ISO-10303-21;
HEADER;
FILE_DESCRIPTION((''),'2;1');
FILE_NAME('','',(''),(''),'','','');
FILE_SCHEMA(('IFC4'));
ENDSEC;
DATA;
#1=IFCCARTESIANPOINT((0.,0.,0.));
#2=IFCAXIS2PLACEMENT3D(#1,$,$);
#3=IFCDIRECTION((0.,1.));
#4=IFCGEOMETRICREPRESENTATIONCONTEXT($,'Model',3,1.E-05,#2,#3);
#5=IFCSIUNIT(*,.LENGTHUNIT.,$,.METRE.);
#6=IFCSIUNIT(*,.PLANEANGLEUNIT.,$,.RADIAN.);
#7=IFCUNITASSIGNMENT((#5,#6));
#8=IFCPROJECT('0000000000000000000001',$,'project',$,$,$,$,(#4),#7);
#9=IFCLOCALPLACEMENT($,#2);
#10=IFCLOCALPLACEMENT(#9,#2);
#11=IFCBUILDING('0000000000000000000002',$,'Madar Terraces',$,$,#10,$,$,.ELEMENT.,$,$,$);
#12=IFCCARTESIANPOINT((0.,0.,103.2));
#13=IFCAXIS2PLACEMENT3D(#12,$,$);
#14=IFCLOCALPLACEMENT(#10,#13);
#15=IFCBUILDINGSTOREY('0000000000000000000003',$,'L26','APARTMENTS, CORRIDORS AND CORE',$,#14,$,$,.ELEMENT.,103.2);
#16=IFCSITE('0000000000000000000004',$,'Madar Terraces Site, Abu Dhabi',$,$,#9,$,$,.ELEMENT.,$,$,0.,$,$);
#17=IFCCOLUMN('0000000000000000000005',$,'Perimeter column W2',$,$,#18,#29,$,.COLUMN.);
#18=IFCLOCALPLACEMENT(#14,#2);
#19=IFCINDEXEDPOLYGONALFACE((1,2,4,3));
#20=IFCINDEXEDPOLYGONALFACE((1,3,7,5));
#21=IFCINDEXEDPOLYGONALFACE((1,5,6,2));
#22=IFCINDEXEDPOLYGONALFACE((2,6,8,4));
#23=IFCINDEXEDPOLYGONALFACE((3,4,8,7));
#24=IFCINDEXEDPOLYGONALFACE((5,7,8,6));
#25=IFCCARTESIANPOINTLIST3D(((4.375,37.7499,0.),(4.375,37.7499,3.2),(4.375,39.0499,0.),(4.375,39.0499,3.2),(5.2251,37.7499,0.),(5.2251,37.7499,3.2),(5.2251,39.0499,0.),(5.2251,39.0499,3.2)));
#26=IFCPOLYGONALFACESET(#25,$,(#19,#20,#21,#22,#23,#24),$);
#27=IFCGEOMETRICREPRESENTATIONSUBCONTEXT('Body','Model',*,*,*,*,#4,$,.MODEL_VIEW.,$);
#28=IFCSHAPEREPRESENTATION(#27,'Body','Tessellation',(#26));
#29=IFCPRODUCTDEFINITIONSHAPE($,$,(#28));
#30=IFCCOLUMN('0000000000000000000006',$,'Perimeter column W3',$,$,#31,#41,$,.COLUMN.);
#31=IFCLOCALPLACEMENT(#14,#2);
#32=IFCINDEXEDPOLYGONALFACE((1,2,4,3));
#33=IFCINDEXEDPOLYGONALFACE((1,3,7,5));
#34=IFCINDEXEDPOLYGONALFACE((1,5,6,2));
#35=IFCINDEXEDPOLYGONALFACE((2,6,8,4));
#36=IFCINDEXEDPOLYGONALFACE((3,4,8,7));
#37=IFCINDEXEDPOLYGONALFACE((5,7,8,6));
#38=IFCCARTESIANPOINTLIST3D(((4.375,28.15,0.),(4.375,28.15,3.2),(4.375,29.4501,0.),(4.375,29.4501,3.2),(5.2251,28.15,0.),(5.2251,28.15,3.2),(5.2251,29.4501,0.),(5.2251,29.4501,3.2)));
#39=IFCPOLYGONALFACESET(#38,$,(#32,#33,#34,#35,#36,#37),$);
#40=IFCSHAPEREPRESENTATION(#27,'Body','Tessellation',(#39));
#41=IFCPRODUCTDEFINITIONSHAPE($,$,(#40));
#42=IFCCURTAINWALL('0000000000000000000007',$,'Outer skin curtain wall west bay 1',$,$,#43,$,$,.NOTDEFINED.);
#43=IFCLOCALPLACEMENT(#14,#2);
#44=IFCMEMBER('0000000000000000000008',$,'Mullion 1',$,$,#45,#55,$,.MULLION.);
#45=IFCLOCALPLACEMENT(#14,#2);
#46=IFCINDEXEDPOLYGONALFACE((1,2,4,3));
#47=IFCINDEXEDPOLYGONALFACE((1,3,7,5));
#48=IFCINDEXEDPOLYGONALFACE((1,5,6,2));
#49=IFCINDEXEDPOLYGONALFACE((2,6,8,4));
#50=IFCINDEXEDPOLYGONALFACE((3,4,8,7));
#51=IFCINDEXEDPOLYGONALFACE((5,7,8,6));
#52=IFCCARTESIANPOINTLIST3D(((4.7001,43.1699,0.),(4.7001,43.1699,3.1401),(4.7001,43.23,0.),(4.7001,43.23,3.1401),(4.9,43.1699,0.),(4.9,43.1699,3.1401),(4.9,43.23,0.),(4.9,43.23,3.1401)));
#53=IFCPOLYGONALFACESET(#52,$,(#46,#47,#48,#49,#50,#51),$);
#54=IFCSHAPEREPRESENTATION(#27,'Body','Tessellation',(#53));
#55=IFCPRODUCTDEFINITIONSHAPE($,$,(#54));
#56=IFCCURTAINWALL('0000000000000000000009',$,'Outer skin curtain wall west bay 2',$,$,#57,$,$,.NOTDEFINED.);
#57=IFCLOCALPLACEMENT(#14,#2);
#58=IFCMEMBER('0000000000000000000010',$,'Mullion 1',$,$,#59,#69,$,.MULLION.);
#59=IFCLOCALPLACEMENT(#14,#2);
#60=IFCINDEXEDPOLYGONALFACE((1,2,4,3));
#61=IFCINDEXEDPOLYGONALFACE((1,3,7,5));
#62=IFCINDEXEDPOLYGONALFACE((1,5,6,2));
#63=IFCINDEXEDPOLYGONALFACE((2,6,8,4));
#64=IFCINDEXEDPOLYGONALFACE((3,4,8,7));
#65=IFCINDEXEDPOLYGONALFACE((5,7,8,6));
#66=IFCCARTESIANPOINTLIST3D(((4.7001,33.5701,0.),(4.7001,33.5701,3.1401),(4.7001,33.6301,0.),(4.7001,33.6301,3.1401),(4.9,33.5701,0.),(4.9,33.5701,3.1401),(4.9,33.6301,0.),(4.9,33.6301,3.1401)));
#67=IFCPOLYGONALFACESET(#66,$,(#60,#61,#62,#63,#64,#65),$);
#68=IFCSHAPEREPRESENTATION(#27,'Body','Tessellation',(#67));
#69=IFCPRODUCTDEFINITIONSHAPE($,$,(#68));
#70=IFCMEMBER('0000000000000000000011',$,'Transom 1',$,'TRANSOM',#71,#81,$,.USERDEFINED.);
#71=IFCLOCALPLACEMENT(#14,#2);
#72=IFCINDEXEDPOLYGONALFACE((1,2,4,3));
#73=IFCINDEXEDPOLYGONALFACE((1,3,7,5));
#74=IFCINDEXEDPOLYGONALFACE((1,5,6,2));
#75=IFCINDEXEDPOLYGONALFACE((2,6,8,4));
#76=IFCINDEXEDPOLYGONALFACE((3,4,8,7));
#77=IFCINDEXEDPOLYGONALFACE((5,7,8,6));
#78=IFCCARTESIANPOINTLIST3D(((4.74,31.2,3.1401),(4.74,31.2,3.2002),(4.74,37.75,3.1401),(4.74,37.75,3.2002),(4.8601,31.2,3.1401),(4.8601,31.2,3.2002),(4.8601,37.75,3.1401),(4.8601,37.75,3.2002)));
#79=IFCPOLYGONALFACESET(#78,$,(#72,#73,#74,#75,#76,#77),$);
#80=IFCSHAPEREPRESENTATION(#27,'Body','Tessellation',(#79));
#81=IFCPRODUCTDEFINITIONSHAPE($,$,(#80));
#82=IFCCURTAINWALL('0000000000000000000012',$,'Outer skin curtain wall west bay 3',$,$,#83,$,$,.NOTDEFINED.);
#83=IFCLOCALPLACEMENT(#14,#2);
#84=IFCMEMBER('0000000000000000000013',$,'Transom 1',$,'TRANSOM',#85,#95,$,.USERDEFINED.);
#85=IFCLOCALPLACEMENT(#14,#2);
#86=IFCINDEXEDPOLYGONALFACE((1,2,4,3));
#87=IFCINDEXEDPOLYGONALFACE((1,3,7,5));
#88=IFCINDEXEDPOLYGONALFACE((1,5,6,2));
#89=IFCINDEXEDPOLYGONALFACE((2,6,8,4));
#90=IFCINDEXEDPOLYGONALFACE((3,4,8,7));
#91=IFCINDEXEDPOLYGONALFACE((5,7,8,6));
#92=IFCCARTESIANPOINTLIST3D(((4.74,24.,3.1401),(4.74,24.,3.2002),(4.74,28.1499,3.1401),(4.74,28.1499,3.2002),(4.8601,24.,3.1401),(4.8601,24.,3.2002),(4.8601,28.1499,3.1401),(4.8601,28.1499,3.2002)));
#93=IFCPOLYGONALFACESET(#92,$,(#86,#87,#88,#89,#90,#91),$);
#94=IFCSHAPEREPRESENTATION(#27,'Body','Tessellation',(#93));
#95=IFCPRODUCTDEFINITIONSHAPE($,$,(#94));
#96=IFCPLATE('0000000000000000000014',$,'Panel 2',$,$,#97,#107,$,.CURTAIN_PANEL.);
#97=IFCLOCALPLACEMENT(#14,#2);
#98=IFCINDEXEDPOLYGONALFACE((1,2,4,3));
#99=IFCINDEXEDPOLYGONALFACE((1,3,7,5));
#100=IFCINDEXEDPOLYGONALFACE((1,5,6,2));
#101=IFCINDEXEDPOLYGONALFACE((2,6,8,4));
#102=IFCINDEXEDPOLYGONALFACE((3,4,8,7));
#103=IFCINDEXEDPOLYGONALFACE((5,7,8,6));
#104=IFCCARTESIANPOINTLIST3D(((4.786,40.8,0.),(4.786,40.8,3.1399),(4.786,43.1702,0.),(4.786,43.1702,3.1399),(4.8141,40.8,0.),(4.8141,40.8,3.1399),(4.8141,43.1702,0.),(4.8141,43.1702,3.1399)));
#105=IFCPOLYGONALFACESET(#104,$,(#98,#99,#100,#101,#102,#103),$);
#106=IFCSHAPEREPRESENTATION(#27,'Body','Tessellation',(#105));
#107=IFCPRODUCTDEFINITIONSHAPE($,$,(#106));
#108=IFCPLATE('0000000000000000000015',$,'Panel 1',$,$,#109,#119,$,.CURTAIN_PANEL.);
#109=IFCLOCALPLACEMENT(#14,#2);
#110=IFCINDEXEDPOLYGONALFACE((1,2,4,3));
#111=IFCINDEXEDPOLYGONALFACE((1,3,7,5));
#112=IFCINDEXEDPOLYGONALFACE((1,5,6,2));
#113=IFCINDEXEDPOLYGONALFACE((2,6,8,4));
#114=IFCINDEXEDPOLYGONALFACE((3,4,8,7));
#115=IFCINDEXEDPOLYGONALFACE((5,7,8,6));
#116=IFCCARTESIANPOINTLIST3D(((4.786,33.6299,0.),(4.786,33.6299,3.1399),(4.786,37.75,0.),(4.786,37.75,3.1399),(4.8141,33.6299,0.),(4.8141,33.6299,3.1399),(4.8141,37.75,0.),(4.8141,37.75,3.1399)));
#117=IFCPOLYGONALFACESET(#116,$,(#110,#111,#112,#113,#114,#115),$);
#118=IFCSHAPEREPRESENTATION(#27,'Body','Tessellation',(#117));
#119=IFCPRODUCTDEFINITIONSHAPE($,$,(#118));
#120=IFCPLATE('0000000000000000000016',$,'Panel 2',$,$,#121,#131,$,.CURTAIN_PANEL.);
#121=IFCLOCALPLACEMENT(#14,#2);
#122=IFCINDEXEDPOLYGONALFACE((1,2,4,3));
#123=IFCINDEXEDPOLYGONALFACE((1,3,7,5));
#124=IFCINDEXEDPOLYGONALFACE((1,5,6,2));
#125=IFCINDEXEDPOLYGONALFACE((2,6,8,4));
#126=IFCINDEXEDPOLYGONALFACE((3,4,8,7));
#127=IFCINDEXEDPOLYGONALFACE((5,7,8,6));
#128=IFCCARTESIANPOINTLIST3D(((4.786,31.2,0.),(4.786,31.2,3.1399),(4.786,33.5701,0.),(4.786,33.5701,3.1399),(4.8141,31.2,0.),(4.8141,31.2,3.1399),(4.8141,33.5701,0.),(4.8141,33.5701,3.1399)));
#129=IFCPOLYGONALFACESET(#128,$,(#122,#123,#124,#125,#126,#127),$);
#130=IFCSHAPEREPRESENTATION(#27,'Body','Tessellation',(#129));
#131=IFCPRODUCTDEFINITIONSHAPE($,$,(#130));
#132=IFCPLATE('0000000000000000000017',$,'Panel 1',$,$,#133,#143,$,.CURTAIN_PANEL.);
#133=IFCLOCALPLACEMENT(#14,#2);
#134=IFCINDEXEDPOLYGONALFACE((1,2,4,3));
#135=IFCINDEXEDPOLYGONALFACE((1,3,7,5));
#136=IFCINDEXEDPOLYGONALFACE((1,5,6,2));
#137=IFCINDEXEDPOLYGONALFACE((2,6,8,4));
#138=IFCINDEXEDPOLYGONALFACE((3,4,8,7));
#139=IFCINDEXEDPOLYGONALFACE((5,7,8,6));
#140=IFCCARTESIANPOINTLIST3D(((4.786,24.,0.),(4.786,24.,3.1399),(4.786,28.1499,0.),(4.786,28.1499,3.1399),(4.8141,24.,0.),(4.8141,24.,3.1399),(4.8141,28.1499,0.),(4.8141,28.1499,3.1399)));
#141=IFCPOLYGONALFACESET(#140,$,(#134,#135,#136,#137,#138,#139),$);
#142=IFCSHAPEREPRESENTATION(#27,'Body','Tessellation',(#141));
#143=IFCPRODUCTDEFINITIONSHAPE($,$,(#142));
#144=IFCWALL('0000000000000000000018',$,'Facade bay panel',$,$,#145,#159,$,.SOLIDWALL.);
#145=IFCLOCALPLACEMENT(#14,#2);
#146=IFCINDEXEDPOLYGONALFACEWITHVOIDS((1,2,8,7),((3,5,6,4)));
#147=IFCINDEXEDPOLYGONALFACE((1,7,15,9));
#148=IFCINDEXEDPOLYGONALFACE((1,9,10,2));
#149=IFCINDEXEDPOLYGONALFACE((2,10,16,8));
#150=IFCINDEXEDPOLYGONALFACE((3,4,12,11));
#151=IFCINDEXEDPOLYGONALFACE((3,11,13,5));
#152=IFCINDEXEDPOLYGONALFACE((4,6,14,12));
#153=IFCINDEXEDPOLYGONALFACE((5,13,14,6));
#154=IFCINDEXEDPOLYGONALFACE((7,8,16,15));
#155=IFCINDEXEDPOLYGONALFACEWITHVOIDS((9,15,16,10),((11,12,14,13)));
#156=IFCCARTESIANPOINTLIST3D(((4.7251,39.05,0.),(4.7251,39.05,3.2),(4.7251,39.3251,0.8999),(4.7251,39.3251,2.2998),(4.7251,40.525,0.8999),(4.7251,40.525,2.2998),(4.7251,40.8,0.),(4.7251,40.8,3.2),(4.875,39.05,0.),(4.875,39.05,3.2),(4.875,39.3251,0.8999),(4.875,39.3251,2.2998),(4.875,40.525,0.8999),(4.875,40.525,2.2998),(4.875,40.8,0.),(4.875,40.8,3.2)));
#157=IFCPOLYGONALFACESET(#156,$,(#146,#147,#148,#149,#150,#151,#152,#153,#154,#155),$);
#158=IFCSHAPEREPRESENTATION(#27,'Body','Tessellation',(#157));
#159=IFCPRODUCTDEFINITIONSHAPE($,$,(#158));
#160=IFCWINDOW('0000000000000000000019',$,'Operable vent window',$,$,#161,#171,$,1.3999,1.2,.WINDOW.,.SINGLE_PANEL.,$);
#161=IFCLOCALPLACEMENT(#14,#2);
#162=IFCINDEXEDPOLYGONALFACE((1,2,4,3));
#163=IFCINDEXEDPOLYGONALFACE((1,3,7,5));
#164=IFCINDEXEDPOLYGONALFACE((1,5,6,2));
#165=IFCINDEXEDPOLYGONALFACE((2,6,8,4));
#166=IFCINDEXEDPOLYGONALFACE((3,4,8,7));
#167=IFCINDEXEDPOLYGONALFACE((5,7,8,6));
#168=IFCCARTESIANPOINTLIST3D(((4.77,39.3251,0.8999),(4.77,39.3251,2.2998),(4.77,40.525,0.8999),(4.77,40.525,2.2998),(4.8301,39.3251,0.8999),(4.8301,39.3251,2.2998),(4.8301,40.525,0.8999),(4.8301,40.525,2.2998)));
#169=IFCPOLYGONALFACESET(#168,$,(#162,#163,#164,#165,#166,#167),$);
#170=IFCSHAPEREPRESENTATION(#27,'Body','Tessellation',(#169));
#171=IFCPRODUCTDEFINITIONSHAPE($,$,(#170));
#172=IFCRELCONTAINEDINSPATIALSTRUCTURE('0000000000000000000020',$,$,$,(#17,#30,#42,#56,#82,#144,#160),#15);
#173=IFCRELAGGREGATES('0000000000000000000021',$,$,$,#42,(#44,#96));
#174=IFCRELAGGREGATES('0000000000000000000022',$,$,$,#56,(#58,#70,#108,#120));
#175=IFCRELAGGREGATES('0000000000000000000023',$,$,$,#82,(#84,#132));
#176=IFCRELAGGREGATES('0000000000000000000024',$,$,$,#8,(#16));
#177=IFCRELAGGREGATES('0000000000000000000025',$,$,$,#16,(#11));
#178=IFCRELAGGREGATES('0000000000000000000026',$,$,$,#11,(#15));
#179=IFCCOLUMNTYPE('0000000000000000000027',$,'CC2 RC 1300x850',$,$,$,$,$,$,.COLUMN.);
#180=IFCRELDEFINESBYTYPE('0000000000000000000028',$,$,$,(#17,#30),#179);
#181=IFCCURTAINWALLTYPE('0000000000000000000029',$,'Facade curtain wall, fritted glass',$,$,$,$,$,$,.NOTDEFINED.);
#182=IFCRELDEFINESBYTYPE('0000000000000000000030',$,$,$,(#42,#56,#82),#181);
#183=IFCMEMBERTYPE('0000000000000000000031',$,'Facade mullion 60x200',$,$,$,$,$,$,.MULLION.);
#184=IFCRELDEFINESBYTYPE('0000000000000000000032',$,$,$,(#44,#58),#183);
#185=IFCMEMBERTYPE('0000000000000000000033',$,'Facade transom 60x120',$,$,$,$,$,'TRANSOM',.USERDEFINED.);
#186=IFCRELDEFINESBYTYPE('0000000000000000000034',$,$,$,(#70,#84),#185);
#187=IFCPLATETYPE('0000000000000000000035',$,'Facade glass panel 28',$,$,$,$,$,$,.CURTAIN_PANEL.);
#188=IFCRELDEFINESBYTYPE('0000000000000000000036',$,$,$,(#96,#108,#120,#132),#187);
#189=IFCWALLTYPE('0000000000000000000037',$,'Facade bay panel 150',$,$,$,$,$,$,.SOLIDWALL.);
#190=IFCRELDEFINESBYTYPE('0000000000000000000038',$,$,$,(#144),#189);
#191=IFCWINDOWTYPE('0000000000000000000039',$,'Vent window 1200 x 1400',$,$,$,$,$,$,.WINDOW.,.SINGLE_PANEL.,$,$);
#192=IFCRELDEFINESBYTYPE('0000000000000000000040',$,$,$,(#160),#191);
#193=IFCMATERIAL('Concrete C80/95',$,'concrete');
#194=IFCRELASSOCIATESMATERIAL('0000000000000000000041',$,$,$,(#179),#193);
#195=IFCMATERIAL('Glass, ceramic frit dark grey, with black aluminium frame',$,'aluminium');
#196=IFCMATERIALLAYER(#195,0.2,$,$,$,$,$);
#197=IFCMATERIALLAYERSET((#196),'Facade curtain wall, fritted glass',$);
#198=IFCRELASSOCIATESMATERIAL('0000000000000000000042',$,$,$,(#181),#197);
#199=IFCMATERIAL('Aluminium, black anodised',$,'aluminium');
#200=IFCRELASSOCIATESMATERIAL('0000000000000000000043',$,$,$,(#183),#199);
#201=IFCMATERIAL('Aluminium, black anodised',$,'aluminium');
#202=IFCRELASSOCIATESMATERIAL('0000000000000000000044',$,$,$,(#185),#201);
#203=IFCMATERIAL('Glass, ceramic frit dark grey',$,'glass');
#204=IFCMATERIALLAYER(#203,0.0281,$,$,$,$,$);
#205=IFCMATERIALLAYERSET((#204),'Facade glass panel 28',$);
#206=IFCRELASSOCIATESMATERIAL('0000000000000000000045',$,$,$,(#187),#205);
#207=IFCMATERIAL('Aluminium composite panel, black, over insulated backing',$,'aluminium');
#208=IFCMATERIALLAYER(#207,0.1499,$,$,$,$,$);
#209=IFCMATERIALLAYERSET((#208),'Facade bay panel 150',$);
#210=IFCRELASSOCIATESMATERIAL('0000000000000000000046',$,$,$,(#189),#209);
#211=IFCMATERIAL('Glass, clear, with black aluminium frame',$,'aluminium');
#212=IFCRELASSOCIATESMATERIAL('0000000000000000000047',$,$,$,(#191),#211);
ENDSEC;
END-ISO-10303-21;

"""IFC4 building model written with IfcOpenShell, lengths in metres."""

from ifc_helpers import new_model, si_unit, direction, frame, frame_2d, origin, origin_2d, place, context, subcontext, project, spatial, rectangle, extrude, material, layer, layer_set, material_profile, profile_set, type_object, element, fill, aggregate, save


model = new_model("IFC4")

# Units and contexts
model_context = context("Model", 3, precision=1e-05, world=origin(), true_north=direction((0.0, 1.0)))
body_context = subcontext(model_context, "Body", "Model", "MODEL_VIEW")
ifc_project = project(units=[si_unit("LENGTHUNIT", "METRE"), si_unit("PLANEANGLEUNIT", "RADIAN")], contexts=[model_context])

# Site, building, storey
site_placement = place(None, origin())
site = spatial("IfcSite", under=ifc_project, at=site_placement, Name="Madar Terraces Site, Abu Dhabi", CompositionType="ELEMENT", RefElevation=0.0)
building_placement = place(site_placement, origin())
building = spatial("IfcBuilding", under=site, at=building_placement, Name="Madar Terraces", CompositionType="ELEMENT")
storey_placement = place(building_placement, frame((0.0, 0.0, 103.2)))
storey = spatial("IfcBuildingStorey", under=building, at=storey_placement, Name="L26", Description="APARTMENTS, CORRIDORS AND CORE", CompositionType="ELEMENT", Elevation=103.2)

# Columns
ifc_material_1 = material(Name="Concrete C80/95", Category="concrete")
ifc_material_profile_1 = material_profile(ifc_material_1, rectangle(XDim=1.3, YDim=0.8501, at=origin_2d()), Name="CC2 RC 1300x850")
ifc_profile_set_1 = profile_set([ifc_material_profile_1], Name="Concrete C80/95")
column_type = type_object("IfcColumnType", Name="CC2 RC 1300x850", PredefinedType="COLUMN", material=ifc_profile_set_1)
for number, where, z_axis, x_axis, name in (
    (1, (4.8, 38.3999, 0.0), (0.0, 0.0, 1.0), (0.0, 1.0, 0.0), "Perimeter column W2"),
    (2, (4.8, 28.8, 0.0), (0.0, 0.0, 1.0), (0.0, 1.0, 0.0), "Perimeter column W3"),
):
    element("IfcColumn", number, at=place(storey_placement, frame(where, z_axis=z_axis, x_axis=x_axis)), inside=storey, type_object=column_type, Name=name, PredefinedType="COLUMN", context=body_context, shape_type="SweptSolid", body=[
        extrude(rectangle(XDim=1.3, YDim=0.8501, at=origin_2d()), origin(), (0.0, 0.0, 1.0), 3.2),
    ])

# Curtain wall, member
ifc_material_2 = material(Name="Glass, ceramic frit dark grey, with black aluminium frame", Category="aluminium")
ifc_layer_1 = layer(ifc_material_2, 0.2)
ifc_layer_set_1 = layer_set([ifc_layer_1], Name="Facade curtain wall, fritted glass")
curtain_wall_type = type_object("IfcCurtainWallType", Name="Facade curtain wall, fritted glass", PredefinedType="NOTDEFINED", material=ifc_layer_set_1)
curtain_wall_1_placement = place(storey_placement, origin())
curtain_wall_1 = element("IfcCurtainWall", 3, at=curtain_wall_1_placement, inside=storey, type_object=curtain_wall_type, Name="Outer skin curtain wall west bay 1", PredefinedType="NOTDEFINED")
ifc_material_3 = material(Name="Aluminium, black anodised", Category="aluminium")
ifc_material_profile_2 = material_profile(ifc_material_3, rectangle(XDim=0.2, YDim=0.0601, at=origin_2d()), Name="Facade mullion 60x200")
ifc_profile_set_2 = profile_set([ifc_material_profile_2], Name="Aluminium, black anodised")
member_type_1 = type_object("IfcMemberType", Name="Facade mullion 60x200", PredefinedType="MULLION", material=ifc_profile_set_2)
member_1_placement = place(storey_placement, frame((4.8, 43.2, 0.0), z_axis=(0.0, 0.0, 1.0), x_axis=(1.0, 0.0, 0.0)))
member_1 = element("IfcMember", 4, at=member_1_placement, type_object=member_type_1, Name="Mullion 1", PredefinedType="MULLION", context=body_context, shape_type="SweptSolid", body=[
    extrude(rectangle(XDim=0.2, YDim=0.0601, at=origin_2d()), origin(), (0.0, 0.0, 1.0), 3.1401),
])

# Curtain wall, members
curtain_wall_2_placement = place(storey_placement, origin())
curtain_wall_2 = element("IfcCurtainWall", 5, at=curtain_wall_2_placement, inside=storey, type_object=curtain_wall_type, Name="Outer skin curtain wall west bay 2", PredefinedType="NOTDEFINED")
member_2_placement = place(storey_placement, frame((4.8, 33.6001, 0.0), z_axis=(0.0, 0.0, 1.0), x_axis=(1.0, 0.0, 0.0)))
member_2 = element("IfcMember", 6, at=member_2_placement, type_object=member_type_1, Name="Mullion 1", PredefinedType="MULLION", context=body_context, shape_type="SweptSolid", body=[
    extrude(rectangle(XDim=0.2, YDim=0.0601, at=origin_2d()), origin(), (0.0, 0.0, 1.0), 3.1401),
])
ifc_material_4 = material(Name="Aluminium, black anodised", Category="aluminium")
ifc_material_profile_3 = material_profile(ifc_material_4, rectangle(XDim=0.1201, YDim=0.0601, at=origin_2d()), Name="Facade transom 60x120")
ifc_profile_set_3 = profile_set([ifc_material_profile_3], Name="Aluminium, black anodised")
member_type_2 = type_object("IfcMemberType", Name="Facade transom 60x120", ElementType="TRANSOM", PredefinedType="USERDEFINED", material=ifc_profile_set_3)
member_3_placement = place(storey_placement, frame((4.8, 37.75, 3.1702), z_axis=(0.0, -1.0, 0.0), x_axis=(1.0, 0.0, 0.0)))
member_3 = element("IfcMember", 7, at=member_3_placement, type_object=member_type_2, Name="Transom 1", ObjectType="TRANSOM", PredefinedType="USERDEFINED", context=body_context, shape_type="SweptSolid", body=[
    extrude(rectangle(XDim=0.1201, YDim=0.0601, at=origin_2d()), origin(), (0.0, 0.0, 1.0), 6.55),
])

# Curtain wall, member
curtain_wall_3_placement = place(storey_placement, origin())
curtain_wall_3 = element("IfcCurtainWall", 8, at=curtain_wall_3_placement, inside=storey, type_object=curtain_wall_type, Name="Outer skin curtain wall west bay 3", PredefinedType="NOTDEFINED")
member_4_placement = place(storey_placement, frame((4.8, 28.1499, 3.1702), z_axis=(0.0, -1.0, 0.0), x_axis=(1.0, 0.0, 0.0)))
member_4 = element("IfcMember", 9, at=member_4_placement, type_object=member_type_2, Name="Transom 1", ObjectType="TRANSOM", PredefinedType="USERDEFINED", context=body_context, shape_type="SweptSolid", body=[
    extrude(rectangle(XDim=0.1201, YDim=0.0601, at=origin_2d()), origin(), (0.0, 0.0, 1.0), 4.1499),
])

# Plates
ifc_material_5 = material(Name="Glass, ceramic frit dark grey", Category="glass")
ifc_layer_2 = layer(ifc_material_5, 0.0281)
ifc_layer_set_2 = layer_set([ifc_layer_2], Name="Facade glass panel 28")
plate_type = type_object("IfcPlateType", Name="Facade glass panel 28", PredefinedType="CURTAIN_PANEL", material=ifc_layer_set_2)
plate_1_placement = place(storey_placement, frame((4.8, 41.9851, 0.0), z_axis=(0.0, 0.0, 1.0), x_axis=(0.0, -1.0, 0.0)))
plate_1 = element("IfcPlate", 10, at=plate_1_placement, type_object=plate_type, Name="Panel 2", PredefinedType="CURTAIN_PANEL", context=body_context, shape_type="SweptSolid", body=[
    extrude(rectangle(XDim=2.3701, YDim=0.0281, at=origin_2d()), origin(), (0.0, 0.0, 1.0), 3.1399),
])
aggregate(curtain_wall_1, [member_1, plate_1])
plate_2_placement = place(storey_placement, frame((4.8, 35.6899, 0.0), z_axis=(0.0, 0.0, 1.0), x_axis=(0.0, -1.0, 0.0)))
plate_2 = element("IfcPlate", 11, at=plate_2_placement, type_object=plate_type, Name="Panel 1", PredefinedType="CURTAIN_PANEL", context=body_context, shape_type="SweptSolid", body=[
    extrude(rectangle(XDim=4.1201, YDim=0.0281, at=origin_2d()), origin(), (0.0, 0.0, 1.0), 3.1399),
])
plate_3_placement = place(storey_placement, frame((4.8, 32.385, 0.0), z_axis=(0.0, 0.0, 1.0), x_axis=(0.0, -1.0, 0.0)))
plate_3 = element("IfcPlate", 12, at=plate_3_placement, type_object=plate_type, Name="Panel 2", PredefinedType="CURTAIN_PANEL", context=body_context, shape_type="SweptSolid", body=[
    extrude(rectangle(XDim=2.3701, YDim=0.0281, at=origin_2d()), origin(), (0.0, 0.0, 1.0), 3.1399),
])
aggregate(curtain_wall_2, [member_2, member_3, plate_2, plate_3])
plate_4_placement = place(storey_placement, frame((4.8, 26.075, 0.0), z_axis=(0.0, 0.0, 1.0), x_axis=(0.0, -1.0, 0.0)))
plate_4 = element("IfcPlate", 13, at=plate_4_placement, type_object=plate_type, Name="Panel 1", PredefinedType="CURTAIN_PANEL", context=body_context, shape_type="SweptSolid", body=[
    extrude(rectangle(XDim=4.1499, YDim=0.0281, at=origin_2d()), origin(), (0.0, 0.0, 1.0), 3.1399),
])
aggregate(curtain_wall_3, [member_4, plate_4])

# Wall, opening, window
ifc_material_6 = material(Name="Aluminium composite panel, black, over insulated backing", Category="aluminium")
ifc_layer_3 = layer(ifc_material_6, 0.1499)
ifc_layer_set_3 = layer_set([ifc_layer_3], Name="Facade bay panel 150")
wall_type_1 = type_object("IfcWallType", Name="Facade bay panel 150", PredefinedType="SOLIDWALL", material=ifc_layer_set_3)
wall_1_placement = place(storey_placement, frame((4.8, 40.8, 0.0), z_axis=(0.0, 0.0, 1.0), x_axis=(0.0, -1.0, 0.0)))
wall_1 = element("IfcWall", 14, at=wall_1_placement, inside=storey, type_object=wall_type_1, Name="Facade bay panel", PredefinedType="SOLIDWALL", context=body_context, shape_type="SweptSolid", body=[
    extrude(rectangle(XDim=1.75, YDim=0.1499, at=frame_2d((0.875, 0.0))), origin(), (0.0, 0.0, 1.0), 3.2),
])
opening_1_placement = place(wall_1_placement, frame((0.2749, 0.0, 0.8999)))
opening_1 = element("IfcOpeningElement", 15, at=opening_1_placement, cuts=wall_1, PredefinedType="OPENING", context=body_context, shape_type="SweptSolid", body=[
    extrude(rectangle(XDim=1.2, YDim=1.3999, at=frame_2d((0.6001, 0.7))), frame((0.0, 0.085, 0.0), z_axis=(0.0, -1.0, 0.0), x_axis=(1.0, 0.0, 0.0)), (0.0, 0.0, 1.0), 0.1699),
])
ifc_material_7 = material(Name="Glass, clear, with black aluminium frame", Category="aluminium")
window_type = type_object("IfcWindowType", Name="Vent window 1200 x 1400", PartitioningType="SINGLE_PANEL", PredefinedType="WINDOW", material=ifc_material_7)
window_1_placement = place(opening_1_placement, origin())
window_1 = element("IfcWindow", 16, at=window_1_placement, inside=storey, type_object=window_type, Name="Operable vent window", OverallHeight=1.3999, OverallWidth=1.2, PartitioningType="SINGLE_PANEL", PredefinedType="WINDOW", context=body_context, shape_type="SweptSolid", body=[
    extrude(rectangle(XDim=1.2, YDim=1.3999, at=frame_2d((0.6001, 0.7))), frame((0.0, 0.03, 0.0), z_axis=(0.0, -1.0, 0.0), x_axis=(1.0, 0.0, 0.0)), (0.0, 0.0, 1.0), 0.0601),
])
fill(opening_1, window_1)

save(model, "model.ifc")
